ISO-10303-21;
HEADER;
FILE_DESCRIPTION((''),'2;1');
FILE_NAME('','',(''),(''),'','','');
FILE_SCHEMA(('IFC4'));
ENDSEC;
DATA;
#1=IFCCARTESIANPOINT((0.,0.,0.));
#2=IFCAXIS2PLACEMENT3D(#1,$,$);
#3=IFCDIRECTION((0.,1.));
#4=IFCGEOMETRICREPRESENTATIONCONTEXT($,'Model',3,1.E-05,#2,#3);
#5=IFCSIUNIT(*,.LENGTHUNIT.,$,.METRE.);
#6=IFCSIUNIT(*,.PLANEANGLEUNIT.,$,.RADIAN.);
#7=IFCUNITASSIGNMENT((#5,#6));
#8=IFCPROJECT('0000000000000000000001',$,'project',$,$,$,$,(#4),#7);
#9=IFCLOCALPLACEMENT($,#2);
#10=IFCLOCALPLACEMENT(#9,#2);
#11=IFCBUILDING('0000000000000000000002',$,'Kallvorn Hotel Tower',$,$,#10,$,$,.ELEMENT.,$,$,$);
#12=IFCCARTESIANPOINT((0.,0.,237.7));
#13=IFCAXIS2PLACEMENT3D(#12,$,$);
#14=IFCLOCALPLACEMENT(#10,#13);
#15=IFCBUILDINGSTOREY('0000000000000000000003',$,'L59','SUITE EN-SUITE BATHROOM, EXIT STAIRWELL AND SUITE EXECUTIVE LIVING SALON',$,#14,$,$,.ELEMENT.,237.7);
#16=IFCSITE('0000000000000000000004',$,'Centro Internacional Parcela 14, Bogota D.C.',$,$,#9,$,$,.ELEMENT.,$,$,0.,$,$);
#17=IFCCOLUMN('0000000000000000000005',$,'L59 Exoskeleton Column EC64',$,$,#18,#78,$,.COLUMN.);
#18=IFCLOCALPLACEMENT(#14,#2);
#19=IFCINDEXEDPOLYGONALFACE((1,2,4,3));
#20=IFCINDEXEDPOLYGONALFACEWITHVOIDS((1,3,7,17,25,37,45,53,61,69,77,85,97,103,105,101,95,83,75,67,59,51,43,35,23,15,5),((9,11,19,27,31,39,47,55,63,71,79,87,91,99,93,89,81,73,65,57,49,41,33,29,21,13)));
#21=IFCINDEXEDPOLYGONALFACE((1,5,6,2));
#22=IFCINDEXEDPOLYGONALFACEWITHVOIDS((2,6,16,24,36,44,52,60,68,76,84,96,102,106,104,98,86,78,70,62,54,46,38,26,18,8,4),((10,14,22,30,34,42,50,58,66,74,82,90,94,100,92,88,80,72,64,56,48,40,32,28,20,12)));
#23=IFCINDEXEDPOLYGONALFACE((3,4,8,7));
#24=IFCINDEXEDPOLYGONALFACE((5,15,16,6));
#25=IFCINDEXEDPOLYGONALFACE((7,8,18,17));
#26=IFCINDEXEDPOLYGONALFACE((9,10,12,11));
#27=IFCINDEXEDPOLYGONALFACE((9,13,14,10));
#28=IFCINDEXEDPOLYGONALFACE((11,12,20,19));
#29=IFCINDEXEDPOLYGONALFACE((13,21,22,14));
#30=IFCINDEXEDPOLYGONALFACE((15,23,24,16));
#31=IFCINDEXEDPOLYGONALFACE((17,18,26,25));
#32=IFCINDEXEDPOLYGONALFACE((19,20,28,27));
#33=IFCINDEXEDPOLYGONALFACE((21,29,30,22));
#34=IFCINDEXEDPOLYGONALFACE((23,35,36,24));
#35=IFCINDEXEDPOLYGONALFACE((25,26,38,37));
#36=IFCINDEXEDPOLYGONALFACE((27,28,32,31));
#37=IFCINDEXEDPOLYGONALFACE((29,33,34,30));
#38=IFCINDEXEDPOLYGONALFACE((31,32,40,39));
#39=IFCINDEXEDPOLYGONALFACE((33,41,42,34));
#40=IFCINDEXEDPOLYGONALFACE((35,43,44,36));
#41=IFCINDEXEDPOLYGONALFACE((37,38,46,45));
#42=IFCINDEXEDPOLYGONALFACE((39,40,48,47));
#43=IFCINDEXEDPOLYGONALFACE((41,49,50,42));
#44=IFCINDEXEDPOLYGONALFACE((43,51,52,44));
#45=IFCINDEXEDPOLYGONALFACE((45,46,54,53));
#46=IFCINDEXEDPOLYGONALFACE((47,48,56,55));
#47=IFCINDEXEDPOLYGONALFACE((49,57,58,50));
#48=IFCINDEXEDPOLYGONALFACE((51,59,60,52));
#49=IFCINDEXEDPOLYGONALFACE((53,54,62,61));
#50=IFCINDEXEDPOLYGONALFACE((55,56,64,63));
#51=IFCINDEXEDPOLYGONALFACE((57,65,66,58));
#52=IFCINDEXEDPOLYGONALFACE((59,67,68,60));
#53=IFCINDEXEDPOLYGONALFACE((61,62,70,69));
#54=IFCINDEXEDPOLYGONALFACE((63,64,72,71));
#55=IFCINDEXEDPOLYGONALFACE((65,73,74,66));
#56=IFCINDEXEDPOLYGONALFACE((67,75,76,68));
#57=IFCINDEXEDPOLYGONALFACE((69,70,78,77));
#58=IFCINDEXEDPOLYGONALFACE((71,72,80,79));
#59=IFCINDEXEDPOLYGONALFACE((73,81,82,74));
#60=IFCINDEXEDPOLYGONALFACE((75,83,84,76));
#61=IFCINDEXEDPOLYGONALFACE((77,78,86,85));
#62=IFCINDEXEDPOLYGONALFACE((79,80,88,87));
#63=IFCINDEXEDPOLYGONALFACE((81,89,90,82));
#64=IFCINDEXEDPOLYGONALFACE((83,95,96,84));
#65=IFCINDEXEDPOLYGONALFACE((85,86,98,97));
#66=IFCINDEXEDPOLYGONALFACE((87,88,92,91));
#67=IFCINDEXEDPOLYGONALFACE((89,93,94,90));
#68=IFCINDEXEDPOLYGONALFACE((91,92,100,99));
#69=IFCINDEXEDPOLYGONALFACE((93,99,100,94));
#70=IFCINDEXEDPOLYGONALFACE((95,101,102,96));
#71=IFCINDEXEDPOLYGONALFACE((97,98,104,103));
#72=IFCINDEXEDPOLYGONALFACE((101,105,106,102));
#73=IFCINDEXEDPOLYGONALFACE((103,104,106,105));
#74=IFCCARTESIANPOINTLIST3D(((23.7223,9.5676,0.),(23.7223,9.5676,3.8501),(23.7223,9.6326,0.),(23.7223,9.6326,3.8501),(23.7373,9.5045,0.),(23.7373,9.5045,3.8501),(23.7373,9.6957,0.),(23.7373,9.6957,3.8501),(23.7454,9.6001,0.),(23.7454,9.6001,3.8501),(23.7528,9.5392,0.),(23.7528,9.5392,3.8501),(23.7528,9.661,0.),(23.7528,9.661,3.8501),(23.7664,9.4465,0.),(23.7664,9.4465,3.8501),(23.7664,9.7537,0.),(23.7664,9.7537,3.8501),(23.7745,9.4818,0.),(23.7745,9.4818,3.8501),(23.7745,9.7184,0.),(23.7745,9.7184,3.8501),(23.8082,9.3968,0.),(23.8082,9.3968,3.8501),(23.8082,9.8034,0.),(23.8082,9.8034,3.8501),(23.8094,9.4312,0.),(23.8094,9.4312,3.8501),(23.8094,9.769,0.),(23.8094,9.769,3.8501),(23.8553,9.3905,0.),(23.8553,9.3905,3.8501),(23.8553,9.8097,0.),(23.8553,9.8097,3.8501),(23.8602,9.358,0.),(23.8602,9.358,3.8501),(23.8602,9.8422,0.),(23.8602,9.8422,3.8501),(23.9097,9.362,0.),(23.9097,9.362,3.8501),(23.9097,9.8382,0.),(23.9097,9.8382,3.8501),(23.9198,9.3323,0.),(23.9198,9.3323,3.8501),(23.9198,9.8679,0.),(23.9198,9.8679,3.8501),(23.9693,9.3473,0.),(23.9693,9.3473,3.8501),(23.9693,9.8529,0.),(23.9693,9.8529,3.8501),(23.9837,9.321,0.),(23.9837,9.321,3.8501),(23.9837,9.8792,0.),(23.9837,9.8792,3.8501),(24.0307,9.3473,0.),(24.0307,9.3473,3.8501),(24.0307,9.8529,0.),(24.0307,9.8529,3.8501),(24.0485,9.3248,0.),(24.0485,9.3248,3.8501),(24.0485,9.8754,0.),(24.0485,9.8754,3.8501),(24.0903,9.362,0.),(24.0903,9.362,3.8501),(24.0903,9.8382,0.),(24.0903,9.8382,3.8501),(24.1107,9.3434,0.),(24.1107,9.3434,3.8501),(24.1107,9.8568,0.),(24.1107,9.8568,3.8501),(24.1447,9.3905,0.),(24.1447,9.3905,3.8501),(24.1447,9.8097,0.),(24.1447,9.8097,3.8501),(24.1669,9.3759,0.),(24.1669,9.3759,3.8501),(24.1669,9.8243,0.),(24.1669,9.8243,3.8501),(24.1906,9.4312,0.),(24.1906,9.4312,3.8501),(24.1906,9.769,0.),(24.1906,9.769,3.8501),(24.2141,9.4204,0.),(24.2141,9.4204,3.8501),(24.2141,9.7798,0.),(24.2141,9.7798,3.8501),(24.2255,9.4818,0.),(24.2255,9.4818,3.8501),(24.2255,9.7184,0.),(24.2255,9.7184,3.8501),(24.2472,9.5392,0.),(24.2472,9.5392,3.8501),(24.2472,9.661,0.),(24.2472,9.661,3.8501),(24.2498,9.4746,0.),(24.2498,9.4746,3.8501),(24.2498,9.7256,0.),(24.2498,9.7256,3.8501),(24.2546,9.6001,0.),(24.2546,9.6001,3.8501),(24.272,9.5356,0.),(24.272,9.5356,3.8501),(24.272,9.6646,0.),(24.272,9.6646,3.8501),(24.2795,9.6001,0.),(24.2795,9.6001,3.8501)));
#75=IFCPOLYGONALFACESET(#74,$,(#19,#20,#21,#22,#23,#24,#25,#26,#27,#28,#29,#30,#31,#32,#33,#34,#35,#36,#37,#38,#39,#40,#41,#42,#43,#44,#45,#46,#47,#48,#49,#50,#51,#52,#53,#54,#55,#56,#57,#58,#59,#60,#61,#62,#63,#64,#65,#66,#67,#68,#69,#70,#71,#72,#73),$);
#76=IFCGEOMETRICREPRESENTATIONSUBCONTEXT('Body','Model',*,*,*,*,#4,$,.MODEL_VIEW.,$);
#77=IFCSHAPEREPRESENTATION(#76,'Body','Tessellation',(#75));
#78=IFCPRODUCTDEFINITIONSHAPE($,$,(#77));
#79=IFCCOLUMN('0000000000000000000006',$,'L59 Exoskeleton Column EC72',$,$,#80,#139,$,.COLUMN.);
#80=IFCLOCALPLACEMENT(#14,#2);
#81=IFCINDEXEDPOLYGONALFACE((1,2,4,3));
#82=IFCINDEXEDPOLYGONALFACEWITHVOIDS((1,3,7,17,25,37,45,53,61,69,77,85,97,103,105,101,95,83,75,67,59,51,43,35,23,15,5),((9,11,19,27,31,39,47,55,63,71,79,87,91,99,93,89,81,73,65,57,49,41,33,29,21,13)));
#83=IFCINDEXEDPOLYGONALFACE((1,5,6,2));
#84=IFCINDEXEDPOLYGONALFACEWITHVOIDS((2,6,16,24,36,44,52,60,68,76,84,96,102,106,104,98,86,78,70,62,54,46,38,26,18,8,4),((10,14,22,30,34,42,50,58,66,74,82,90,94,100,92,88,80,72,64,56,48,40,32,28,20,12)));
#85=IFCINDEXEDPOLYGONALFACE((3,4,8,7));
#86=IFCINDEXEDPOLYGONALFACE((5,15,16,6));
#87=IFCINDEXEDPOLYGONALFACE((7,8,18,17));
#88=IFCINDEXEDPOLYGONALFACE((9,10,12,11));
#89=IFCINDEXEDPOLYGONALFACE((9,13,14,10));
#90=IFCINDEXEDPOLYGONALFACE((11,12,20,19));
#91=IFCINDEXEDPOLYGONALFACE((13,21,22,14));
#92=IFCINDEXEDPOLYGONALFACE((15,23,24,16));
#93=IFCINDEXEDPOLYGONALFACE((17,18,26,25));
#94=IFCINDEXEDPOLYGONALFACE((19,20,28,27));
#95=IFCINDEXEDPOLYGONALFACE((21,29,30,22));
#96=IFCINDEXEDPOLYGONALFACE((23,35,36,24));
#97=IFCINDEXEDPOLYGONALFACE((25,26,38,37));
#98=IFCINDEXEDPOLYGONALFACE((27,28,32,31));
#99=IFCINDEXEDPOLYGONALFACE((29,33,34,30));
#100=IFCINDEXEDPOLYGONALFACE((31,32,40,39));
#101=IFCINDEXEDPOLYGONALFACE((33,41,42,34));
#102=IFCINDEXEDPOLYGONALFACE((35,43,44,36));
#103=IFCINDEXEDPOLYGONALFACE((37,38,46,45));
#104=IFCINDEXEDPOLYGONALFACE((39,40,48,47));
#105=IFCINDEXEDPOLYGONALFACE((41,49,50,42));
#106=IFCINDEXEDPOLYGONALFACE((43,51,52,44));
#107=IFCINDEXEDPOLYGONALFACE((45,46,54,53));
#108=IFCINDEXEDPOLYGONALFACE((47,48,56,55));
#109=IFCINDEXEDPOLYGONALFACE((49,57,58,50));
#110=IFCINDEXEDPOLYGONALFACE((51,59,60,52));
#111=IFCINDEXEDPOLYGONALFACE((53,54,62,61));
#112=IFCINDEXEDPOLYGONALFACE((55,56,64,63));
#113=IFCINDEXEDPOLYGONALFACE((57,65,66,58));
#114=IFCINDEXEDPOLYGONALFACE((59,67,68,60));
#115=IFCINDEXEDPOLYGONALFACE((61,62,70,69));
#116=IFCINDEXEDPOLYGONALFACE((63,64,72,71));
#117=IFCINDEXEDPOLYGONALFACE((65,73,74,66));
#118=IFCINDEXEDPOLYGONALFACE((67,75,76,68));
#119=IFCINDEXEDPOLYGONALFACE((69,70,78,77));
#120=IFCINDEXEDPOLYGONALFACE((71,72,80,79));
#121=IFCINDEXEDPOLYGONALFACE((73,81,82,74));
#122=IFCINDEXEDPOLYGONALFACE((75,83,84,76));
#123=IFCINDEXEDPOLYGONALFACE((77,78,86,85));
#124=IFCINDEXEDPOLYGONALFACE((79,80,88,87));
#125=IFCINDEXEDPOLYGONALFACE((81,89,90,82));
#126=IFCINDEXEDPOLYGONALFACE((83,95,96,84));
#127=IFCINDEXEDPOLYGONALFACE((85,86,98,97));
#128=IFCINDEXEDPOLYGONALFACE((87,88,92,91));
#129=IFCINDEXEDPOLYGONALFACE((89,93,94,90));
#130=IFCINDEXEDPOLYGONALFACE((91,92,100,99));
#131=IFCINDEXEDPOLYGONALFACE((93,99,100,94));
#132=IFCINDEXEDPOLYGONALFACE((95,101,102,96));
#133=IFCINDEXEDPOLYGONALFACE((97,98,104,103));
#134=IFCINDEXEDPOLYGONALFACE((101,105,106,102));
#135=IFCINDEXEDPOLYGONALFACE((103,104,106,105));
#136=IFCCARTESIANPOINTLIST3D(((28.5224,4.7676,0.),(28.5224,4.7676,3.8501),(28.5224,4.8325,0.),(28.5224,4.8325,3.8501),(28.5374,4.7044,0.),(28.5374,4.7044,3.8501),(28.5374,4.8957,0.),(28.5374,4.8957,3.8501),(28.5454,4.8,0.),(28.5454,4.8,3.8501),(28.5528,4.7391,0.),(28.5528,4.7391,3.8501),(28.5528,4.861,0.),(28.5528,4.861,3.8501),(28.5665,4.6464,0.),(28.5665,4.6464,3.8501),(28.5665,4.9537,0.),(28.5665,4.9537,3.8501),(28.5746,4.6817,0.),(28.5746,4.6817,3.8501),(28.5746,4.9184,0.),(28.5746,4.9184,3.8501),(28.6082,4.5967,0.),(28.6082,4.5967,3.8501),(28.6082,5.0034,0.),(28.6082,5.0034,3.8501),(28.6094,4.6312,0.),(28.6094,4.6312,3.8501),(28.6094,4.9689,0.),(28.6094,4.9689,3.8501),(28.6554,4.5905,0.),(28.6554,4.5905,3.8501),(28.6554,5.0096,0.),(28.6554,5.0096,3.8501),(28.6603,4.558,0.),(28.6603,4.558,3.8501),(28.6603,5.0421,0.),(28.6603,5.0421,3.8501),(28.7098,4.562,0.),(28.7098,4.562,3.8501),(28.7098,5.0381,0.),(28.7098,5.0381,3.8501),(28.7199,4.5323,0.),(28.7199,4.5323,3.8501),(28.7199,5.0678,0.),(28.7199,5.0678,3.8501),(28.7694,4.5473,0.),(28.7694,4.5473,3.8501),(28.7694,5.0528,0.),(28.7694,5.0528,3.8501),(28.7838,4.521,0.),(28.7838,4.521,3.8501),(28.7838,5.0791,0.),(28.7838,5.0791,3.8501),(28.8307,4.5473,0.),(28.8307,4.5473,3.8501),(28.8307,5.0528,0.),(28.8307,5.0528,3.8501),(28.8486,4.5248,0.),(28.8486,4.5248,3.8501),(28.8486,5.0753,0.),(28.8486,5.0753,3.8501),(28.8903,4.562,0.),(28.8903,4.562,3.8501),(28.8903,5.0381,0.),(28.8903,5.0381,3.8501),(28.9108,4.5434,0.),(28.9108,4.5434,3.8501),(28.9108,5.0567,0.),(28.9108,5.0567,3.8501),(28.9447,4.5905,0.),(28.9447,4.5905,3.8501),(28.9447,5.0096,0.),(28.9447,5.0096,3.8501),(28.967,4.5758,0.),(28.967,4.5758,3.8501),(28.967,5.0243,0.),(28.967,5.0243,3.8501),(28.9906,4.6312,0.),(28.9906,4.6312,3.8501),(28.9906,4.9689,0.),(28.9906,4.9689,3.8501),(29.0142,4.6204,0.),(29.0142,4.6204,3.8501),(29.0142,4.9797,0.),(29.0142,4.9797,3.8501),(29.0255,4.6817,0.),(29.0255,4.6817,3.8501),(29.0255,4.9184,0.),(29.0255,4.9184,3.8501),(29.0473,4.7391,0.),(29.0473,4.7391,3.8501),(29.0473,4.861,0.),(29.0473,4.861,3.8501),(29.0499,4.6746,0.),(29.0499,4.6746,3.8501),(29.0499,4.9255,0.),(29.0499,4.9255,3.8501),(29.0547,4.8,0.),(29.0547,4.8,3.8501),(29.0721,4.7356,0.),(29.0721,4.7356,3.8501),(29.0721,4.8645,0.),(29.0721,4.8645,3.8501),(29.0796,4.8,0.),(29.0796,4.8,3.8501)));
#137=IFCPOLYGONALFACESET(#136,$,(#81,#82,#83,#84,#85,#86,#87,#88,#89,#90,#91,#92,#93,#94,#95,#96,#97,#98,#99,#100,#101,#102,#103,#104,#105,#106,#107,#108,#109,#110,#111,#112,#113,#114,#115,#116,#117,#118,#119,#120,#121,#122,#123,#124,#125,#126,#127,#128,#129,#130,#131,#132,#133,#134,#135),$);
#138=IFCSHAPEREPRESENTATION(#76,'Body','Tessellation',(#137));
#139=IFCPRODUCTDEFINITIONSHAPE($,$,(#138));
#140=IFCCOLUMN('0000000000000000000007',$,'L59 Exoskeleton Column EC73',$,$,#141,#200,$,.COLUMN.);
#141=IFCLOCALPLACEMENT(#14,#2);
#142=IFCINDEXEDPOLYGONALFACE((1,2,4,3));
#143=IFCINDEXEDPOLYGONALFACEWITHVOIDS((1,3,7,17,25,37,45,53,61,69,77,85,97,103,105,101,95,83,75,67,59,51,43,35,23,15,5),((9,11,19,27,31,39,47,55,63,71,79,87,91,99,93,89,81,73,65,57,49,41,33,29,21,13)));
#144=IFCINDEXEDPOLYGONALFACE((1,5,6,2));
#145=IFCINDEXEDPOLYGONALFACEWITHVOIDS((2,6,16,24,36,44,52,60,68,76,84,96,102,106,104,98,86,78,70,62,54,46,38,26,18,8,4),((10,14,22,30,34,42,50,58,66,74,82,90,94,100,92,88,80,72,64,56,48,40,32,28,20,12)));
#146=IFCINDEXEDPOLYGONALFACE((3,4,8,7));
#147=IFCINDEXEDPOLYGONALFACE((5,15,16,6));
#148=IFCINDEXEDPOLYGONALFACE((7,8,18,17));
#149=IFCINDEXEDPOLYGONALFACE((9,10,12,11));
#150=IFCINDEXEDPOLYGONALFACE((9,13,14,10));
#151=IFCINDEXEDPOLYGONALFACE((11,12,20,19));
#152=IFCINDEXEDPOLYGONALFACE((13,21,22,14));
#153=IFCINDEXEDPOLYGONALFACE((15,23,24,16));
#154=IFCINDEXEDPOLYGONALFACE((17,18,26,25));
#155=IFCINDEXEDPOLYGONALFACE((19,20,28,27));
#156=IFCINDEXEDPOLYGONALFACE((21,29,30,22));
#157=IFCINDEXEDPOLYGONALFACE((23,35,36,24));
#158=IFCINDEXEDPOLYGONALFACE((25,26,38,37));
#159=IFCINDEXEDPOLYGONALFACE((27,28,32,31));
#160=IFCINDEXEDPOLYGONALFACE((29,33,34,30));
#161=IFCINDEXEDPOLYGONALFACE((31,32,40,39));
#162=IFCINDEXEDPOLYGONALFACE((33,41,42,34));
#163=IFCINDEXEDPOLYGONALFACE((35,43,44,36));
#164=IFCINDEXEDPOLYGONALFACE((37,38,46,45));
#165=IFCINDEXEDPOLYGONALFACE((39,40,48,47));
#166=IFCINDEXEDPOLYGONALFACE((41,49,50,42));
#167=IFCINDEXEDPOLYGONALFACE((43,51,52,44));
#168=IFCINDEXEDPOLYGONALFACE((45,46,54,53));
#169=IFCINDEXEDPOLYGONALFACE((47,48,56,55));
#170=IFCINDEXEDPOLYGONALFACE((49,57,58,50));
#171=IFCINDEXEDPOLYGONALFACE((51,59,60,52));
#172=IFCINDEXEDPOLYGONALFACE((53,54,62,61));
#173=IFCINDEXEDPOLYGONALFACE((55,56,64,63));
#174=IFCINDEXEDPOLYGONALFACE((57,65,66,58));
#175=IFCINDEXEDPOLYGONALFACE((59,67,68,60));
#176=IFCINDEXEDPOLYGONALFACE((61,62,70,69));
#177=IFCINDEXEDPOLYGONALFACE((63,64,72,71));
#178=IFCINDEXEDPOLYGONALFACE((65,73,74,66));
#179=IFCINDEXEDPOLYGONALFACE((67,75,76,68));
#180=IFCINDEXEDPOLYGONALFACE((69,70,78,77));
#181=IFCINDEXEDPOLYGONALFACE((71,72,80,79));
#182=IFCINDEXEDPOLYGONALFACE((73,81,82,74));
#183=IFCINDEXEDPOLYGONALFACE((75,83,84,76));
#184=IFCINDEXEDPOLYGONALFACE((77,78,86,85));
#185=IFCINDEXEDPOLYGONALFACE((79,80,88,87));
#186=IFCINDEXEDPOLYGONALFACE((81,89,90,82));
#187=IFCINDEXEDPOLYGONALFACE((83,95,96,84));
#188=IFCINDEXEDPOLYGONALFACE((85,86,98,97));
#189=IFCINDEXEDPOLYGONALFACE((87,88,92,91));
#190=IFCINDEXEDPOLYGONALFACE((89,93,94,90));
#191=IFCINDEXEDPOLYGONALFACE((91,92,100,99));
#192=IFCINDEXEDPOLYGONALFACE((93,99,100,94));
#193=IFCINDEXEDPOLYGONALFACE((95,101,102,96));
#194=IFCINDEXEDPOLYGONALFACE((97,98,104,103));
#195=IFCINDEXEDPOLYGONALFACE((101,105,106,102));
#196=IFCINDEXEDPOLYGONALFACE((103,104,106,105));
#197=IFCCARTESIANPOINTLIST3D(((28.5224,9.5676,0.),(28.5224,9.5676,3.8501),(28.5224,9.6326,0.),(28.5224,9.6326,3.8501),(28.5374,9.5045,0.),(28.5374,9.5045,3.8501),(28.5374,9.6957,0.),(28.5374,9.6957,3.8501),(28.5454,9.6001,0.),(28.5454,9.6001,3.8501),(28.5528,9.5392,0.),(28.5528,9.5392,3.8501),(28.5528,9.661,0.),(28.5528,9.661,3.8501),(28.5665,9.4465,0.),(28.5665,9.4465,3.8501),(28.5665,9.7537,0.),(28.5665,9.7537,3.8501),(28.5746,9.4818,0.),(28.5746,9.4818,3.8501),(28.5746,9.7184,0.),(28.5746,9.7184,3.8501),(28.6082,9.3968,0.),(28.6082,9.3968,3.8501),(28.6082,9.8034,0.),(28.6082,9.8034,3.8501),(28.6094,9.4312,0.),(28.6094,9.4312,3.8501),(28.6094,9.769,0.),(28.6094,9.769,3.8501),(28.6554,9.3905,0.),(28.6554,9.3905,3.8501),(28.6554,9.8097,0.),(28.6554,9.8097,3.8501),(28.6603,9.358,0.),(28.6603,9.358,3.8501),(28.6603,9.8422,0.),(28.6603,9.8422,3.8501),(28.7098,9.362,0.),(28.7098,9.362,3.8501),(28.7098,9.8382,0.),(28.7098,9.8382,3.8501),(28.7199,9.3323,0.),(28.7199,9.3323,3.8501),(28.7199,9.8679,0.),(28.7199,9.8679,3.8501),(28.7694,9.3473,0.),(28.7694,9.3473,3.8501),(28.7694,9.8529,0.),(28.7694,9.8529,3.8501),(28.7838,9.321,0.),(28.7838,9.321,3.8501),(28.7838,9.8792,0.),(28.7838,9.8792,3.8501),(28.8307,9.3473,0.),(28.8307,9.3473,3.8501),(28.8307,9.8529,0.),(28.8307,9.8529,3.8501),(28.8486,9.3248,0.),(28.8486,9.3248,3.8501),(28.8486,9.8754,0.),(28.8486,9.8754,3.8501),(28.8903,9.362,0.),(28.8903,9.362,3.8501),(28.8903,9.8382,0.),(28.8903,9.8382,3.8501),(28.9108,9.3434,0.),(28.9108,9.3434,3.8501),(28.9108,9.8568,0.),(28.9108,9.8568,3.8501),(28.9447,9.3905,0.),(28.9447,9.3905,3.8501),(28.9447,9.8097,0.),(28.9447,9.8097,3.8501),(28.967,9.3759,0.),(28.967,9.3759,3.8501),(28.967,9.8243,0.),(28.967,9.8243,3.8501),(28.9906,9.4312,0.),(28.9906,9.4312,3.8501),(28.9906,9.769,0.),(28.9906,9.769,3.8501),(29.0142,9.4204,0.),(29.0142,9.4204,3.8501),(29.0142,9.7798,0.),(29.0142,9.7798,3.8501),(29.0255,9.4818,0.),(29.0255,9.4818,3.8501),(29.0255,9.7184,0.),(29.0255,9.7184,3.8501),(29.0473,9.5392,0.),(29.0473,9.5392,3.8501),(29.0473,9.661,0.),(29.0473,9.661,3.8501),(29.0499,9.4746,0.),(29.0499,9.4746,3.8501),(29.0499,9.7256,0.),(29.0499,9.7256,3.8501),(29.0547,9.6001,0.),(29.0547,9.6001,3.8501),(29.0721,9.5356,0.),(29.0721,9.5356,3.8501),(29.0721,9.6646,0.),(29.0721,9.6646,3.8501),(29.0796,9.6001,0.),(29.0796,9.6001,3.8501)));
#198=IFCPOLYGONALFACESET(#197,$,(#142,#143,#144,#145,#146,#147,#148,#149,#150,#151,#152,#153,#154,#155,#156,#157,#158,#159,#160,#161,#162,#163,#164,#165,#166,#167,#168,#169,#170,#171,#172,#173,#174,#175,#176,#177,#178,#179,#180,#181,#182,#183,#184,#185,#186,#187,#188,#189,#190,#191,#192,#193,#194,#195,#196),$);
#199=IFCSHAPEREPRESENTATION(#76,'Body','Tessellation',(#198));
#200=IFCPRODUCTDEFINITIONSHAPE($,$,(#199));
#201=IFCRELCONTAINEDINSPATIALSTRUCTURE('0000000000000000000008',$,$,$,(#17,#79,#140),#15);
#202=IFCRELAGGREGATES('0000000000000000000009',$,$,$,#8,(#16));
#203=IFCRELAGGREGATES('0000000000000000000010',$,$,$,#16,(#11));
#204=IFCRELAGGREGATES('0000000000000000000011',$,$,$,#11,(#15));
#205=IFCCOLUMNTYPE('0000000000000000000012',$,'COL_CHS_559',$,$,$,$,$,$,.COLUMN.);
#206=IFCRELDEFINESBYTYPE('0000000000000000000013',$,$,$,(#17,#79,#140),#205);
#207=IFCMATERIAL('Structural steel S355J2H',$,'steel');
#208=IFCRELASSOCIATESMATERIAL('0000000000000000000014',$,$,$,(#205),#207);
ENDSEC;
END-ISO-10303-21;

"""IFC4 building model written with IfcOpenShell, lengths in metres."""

from ifc_helpers import new_model, si_unit, direction, frame, origin, origin_2d, place, context, subcontext, project, spatial, hollow_circle, extrude, material, material_profile, profile_set, type_object, element, save


model = new_model("IFC4")

# Units and contexts
model_context = context("Model", 3, precision=1e-05, world=origin(), true_north=direction((0.0, 1.0)))
body_context = subcontext(model_context, "Body", "Model", "MODEL_VIEW")
ifc_project = project(units=[si_unit("LENGTHUNIT", "METRE"), si_unit("PLANEANGLEUNIT", "RADIAN")], contexts=[model_context])

# Site, building, storey
site_placement = place(None, origin())
site = spatial("IfcSite", under=ifc_project, at=site_placement, Name="Centro Internacional Parcela 14, Bogota D.C.", CompositionType="ELEMENT", RefElevation=0.0)
building_placement = place(site_placement, origin())
building = spatial("IfcBuilding", under=site, at=building_placement, Name="Kallvorn Hotel Tower", CompositionType="ELEMENT")
storey_placement = place(building_placement, frame((0.0, 0.0, 237.7)))
storey = spatial("IfcBuildingStorey", under=building, at=storey_placement, Name="L59", Description="SUITE EN-SUITE BATHROOM, EXIT STAIRWELL AND SUITE EXECUTIVE LIVING SALON", CompositionType="ELEMENT", Elevation=237.7)

# Columns
ifc_material_1 = material(Name="Structural steel S355J2H", Category="steel")
ifc_material_profile_1 = material_profile(ifc_material_1, hollow_circle(Radius=0.2795, WallThickness=0.0249, at=origin_2d()), Name="CHS 559x25")
ifc_profile_set_1 = profile_set([ifc_material_profile_1], Name="Structural steel S355J2H")
column_type_1 = type_object("IfcColumnType", Name="COL_CHS_559", PredefinedType="COLUMN", material=ifc_profile_set_1)
for number, where, z_axis, x_axis, name in (
    (1, (24.0, 9.6001, 0.0), (0.0, 0.0, 1.0), (1.0, 0.0, 0.0), "L59 Exoskeleton Column EC64"),
    (2, (28.8, 4.8, 0.0), (0.0, 0.0, 1.0), (1.0, 0.0, 0.0), "L59 Exoskeleton Column EC72"),
    (3, (28.8, 9.6001, 0.0), (0.0, 0.0, 1.0), (1.0, 0.0, 0.0), "L59 Exoskeleton Column EC73"),
):
    element("IfcColumn", number, at=place(storey_placement, frame(where, z_axis=z_axis, x_axis=x_axis)), inside=storey, type_object=column_type_1, Name=name, PredefinedType="COLUMN", context=body_context, shape_type="SweptSolid", body=[
        extrude(hollow_circle(Radius=0.2795, WallThickness=0.0249, at=origin_2d()), origin(), (0.0, 0.0, 1.0), 3.8501),
    ])

save(model, "model.ifc")
